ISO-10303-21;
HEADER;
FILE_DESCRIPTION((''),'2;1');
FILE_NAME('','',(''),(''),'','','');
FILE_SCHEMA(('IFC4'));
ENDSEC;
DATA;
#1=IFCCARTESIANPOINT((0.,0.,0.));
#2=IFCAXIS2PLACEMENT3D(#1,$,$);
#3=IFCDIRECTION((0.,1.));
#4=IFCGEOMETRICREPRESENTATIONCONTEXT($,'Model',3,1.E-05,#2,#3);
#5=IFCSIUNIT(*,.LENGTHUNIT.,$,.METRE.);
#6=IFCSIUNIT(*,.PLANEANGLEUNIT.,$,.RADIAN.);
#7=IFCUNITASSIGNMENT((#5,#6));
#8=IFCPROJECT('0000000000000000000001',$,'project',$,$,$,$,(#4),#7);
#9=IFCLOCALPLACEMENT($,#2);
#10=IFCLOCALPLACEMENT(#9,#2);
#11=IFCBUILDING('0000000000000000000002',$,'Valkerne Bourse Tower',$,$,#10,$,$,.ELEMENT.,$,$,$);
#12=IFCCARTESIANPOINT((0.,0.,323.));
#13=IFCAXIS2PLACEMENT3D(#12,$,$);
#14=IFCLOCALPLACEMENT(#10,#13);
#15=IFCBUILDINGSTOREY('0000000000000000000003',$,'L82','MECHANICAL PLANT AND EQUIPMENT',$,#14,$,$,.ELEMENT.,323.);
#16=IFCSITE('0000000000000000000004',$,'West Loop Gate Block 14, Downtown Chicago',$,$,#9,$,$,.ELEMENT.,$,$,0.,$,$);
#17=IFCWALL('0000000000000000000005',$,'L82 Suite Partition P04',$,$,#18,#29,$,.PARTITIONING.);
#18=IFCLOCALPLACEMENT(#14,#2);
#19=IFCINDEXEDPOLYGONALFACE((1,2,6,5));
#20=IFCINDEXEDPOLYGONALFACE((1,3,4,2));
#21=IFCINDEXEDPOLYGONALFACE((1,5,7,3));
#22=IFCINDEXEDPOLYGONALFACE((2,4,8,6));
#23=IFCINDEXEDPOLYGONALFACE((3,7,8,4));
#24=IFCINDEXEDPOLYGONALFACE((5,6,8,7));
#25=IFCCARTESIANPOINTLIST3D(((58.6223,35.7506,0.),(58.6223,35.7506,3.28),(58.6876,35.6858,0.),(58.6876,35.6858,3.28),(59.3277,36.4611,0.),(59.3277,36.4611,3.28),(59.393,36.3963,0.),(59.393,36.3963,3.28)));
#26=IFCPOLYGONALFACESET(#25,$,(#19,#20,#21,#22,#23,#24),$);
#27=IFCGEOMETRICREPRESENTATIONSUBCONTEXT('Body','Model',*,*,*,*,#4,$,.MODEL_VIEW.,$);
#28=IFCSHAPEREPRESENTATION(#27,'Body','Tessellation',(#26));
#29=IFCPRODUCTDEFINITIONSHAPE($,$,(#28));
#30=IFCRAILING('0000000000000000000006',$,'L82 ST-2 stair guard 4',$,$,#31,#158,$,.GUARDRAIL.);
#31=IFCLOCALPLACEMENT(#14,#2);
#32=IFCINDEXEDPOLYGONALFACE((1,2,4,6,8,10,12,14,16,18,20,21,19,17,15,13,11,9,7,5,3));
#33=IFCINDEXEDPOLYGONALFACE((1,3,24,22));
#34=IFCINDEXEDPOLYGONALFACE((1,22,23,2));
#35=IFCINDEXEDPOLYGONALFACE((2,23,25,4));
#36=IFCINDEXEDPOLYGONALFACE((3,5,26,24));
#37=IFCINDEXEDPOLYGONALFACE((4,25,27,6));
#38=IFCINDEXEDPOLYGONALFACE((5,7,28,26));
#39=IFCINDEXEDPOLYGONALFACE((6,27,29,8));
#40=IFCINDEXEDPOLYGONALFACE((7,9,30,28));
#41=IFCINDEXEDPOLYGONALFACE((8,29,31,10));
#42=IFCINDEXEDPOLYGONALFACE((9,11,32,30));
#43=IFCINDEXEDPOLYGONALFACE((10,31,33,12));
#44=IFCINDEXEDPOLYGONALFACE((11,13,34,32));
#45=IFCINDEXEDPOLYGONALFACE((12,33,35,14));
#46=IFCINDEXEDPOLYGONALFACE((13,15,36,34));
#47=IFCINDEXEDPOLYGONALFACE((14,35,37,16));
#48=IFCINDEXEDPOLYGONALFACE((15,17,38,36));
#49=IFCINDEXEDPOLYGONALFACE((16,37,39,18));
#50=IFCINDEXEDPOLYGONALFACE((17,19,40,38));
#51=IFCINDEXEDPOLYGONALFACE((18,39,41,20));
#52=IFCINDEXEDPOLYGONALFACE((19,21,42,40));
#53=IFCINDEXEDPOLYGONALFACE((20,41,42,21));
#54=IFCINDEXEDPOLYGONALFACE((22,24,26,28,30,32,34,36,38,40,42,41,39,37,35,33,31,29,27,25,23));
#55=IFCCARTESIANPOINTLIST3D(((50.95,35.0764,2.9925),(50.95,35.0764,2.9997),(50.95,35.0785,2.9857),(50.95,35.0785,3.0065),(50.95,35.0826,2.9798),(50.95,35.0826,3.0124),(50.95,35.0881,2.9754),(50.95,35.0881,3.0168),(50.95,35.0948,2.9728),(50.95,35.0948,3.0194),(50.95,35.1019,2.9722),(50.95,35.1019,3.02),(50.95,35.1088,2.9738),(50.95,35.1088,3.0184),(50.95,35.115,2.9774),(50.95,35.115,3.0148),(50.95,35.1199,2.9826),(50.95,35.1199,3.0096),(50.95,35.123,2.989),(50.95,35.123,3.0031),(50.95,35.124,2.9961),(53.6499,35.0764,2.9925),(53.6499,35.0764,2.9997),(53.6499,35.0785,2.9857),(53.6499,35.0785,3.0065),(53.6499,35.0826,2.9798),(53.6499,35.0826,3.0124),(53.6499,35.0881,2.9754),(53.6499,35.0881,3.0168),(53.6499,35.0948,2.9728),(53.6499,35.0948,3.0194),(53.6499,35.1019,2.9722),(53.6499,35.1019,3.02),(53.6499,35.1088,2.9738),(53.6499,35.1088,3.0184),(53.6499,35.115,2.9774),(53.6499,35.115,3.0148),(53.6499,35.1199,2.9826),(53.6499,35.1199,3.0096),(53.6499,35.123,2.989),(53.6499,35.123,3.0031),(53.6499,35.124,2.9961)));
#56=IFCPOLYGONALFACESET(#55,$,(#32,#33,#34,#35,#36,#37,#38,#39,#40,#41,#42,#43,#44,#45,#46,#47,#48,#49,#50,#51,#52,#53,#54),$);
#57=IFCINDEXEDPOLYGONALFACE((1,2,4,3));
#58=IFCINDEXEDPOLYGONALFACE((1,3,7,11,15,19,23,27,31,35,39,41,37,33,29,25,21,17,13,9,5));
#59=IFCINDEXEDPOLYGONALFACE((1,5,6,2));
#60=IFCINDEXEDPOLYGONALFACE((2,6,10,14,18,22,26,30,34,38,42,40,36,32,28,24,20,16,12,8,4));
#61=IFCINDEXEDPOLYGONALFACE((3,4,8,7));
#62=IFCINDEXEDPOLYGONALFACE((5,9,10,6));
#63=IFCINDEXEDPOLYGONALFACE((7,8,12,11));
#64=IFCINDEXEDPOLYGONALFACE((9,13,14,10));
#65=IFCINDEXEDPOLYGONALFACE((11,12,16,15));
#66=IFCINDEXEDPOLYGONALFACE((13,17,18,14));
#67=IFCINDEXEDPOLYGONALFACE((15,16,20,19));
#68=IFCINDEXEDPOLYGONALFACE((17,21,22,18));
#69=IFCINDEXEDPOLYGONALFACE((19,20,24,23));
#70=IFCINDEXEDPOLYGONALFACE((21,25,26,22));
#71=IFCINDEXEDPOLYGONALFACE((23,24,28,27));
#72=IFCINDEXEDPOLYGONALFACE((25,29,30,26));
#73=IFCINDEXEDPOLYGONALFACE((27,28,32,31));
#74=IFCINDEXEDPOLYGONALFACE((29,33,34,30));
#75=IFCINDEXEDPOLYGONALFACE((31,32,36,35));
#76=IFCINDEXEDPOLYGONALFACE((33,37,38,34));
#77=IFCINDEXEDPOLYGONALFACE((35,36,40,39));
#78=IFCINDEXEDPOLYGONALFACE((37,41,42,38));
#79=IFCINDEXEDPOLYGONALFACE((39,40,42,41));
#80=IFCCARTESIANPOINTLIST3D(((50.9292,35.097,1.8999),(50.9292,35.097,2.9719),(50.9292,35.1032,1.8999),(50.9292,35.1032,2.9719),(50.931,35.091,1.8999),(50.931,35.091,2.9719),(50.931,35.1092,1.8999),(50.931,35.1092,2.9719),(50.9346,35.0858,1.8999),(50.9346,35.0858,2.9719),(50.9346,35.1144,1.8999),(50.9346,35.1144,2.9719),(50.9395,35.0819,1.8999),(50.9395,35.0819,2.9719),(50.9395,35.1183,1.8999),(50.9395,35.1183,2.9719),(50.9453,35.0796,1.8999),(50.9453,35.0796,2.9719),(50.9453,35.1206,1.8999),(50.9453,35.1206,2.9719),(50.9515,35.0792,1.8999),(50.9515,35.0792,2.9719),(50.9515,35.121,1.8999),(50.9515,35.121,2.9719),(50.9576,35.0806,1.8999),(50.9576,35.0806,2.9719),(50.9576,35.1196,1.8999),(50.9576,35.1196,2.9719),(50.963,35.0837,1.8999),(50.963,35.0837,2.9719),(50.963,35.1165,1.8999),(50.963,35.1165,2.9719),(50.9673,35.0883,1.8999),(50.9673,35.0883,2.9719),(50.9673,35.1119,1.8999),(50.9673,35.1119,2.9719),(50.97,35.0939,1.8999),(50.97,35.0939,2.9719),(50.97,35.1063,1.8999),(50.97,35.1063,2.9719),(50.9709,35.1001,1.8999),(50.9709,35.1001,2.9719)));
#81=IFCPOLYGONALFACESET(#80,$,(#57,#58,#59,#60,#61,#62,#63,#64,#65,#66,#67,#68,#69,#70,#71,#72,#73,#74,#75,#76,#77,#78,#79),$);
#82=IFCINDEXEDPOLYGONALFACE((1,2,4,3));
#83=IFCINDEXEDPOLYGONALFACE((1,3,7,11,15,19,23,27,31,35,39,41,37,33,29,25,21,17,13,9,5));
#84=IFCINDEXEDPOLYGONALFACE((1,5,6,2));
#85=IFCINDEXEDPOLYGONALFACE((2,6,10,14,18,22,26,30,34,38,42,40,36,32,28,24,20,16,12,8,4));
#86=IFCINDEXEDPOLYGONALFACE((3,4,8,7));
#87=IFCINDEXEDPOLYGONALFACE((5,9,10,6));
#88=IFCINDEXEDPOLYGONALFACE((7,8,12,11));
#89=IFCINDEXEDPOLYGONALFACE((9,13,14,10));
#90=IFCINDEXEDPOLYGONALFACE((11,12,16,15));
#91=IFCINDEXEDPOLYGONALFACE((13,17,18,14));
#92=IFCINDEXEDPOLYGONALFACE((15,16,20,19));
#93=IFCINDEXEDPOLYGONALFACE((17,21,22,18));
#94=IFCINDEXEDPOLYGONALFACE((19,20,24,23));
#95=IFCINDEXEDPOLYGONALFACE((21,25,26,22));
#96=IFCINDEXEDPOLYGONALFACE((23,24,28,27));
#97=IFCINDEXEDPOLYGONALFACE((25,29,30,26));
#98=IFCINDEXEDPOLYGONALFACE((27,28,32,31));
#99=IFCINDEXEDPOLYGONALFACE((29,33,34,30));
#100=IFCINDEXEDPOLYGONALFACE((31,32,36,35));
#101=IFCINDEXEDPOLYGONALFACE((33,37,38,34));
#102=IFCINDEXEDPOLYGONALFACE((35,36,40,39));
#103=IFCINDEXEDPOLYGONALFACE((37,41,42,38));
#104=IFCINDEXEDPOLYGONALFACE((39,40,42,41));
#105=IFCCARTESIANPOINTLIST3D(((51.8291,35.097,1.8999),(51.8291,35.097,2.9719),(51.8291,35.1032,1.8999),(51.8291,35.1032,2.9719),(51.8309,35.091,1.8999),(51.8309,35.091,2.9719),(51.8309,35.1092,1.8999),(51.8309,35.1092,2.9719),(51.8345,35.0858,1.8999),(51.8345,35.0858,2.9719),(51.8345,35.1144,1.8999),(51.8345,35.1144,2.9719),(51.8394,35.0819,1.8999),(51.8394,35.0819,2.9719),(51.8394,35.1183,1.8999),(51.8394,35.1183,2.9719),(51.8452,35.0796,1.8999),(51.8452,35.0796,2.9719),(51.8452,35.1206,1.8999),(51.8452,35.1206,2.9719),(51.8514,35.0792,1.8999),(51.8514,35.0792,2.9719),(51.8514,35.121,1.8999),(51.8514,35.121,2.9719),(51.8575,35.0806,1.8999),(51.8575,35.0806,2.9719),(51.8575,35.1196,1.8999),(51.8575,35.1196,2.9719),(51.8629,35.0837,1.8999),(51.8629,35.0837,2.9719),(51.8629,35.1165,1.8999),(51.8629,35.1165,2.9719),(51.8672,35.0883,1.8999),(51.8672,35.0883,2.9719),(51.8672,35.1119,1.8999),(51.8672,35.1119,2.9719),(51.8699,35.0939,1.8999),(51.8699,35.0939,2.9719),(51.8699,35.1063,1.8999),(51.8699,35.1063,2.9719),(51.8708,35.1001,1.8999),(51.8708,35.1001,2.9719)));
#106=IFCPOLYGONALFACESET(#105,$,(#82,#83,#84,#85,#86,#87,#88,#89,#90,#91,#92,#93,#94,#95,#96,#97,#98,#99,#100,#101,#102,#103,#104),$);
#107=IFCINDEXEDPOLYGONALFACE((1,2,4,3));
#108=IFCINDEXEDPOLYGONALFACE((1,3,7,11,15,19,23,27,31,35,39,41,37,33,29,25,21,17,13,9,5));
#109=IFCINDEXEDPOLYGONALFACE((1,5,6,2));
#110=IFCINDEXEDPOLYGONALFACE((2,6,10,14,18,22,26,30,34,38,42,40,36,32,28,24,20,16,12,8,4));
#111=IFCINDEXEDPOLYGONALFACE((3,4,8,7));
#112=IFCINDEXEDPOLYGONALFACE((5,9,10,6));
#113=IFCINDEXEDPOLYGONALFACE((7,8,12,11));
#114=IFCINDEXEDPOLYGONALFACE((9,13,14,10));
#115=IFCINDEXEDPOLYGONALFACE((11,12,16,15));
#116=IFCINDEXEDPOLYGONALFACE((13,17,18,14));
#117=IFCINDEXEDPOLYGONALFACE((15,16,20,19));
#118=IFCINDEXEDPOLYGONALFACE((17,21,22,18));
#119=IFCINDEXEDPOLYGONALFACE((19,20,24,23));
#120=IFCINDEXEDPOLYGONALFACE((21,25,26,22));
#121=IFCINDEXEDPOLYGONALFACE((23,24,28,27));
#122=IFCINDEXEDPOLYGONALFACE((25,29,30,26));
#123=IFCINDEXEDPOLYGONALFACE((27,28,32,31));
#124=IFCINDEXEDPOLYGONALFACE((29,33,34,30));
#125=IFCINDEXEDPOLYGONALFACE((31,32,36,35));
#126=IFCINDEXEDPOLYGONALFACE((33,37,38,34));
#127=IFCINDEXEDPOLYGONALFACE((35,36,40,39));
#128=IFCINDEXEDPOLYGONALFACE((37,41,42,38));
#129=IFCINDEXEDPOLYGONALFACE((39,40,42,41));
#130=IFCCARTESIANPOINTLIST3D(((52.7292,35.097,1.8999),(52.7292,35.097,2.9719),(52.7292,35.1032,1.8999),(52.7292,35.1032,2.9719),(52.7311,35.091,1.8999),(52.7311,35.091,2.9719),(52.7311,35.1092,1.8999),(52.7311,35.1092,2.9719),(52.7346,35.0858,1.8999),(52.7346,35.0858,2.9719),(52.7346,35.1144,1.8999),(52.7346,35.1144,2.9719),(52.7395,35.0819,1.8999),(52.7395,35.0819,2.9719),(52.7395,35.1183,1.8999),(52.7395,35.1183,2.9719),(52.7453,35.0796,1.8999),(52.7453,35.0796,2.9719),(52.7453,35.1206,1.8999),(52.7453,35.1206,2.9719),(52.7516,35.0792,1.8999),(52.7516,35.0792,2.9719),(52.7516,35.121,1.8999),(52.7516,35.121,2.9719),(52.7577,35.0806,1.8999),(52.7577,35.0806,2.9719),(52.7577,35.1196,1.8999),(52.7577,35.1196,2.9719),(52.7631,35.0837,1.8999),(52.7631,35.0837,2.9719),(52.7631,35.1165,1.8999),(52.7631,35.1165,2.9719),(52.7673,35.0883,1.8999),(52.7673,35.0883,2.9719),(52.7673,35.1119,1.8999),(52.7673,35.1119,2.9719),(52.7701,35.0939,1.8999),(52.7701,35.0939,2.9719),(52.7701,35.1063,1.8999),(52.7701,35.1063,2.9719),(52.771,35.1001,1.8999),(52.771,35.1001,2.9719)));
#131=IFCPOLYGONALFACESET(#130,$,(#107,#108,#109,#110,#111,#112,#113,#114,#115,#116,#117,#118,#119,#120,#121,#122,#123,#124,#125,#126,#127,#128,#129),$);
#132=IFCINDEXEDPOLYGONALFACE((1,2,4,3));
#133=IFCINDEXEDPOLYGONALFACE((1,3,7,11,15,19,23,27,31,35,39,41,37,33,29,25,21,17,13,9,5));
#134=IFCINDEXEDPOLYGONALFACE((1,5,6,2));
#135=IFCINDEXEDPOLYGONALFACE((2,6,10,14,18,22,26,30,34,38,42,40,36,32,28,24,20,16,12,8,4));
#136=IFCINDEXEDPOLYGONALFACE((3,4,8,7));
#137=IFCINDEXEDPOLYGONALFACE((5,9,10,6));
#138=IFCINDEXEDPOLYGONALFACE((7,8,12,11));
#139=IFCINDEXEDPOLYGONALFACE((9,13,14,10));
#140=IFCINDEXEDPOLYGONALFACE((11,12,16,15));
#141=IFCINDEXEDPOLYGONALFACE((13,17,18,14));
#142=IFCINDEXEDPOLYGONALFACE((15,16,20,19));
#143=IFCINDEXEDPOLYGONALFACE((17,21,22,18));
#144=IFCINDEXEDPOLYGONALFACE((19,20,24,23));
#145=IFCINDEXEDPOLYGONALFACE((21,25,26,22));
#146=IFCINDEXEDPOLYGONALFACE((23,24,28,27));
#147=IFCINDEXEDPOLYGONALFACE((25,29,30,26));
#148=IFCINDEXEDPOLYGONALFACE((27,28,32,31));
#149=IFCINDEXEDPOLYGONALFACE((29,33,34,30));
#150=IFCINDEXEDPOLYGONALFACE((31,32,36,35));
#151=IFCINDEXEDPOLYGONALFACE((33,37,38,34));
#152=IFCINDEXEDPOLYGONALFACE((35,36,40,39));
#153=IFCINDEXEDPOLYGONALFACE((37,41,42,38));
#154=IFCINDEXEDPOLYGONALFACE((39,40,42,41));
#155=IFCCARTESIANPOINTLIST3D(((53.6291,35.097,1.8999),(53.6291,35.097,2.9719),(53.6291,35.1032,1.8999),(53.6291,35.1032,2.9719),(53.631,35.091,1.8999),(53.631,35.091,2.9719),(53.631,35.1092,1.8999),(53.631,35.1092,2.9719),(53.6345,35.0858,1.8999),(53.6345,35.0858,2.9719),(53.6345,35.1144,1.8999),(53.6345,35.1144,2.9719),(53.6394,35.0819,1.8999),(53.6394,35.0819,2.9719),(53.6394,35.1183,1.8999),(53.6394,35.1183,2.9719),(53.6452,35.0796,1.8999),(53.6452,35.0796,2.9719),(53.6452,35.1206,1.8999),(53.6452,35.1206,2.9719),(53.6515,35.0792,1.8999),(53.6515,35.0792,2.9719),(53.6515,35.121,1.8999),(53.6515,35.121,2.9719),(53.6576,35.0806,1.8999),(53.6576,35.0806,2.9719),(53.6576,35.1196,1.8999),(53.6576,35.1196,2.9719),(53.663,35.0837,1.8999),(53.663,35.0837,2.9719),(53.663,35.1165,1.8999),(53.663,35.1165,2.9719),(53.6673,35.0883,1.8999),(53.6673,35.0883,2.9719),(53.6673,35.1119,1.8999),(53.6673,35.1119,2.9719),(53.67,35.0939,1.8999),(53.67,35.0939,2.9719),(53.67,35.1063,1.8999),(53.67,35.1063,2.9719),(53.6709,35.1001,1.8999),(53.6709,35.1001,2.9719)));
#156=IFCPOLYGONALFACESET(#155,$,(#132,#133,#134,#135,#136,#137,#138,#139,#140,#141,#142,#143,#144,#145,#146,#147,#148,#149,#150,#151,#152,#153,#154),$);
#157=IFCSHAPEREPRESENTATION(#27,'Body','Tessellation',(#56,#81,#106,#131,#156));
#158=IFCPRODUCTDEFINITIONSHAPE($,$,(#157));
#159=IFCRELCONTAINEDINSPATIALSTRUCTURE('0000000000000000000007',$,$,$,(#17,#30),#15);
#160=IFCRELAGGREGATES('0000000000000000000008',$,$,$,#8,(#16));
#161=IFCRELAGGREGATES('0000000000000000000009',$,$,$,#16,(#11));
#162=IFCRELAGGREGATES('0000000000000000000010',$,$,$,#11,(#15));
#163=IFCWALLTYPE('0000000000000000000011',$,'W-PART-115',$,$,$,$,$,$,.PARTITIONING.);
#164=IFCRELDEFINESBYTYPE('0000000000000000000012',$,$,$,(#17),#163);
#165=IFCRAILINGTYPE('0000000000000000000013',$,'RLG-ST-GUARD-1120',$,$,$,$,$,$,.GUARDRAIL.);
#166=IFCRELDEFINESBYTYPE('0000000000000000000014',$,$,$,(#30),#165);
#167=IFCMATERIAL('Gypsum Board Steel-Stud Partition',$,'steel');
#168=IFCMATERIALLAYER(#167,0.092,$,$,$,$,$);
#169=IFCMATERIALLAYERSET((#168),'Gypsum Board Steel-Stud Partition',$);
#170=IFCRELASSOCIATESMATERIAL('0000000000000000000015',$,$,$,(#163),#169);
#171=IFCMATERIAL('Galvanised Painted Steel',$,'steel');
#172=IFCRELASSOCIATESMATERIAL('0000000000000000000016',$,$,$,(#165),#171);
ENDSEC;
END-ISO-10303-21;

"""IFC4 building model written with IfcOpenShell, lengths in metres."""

from ifc_helpers import new_model, si_unit, direction, frame, frame_2d, origin, origin_2d, place, context, subcontext, project, spatial, rectangle, circle, extrude, material, layer, layer_set, type_object, element, save


model = new_model("IFC4")

# Units and contexts
model_context = context("Model", 3, precision=1e-05, world=origin(), true_north=direction((0.0, 1.0)))
body_context = subcontext(model_context, "Body", "Model", "MODEL_VIEW")
ifc_project = project(units=[si_unit("LENGTHUNIT", "METRE"), si_unit("PLANEANGLEUNIT", "RADIAN")], contexts=[model_context])

# Site, building, storey
site_placement = place(None, origin())
site = spatial("IfcSite", under=ifc_project, at=site_placement, Name="West Loop Gate Block 14, Downtown Chicago", CompositionType="ELEMENT", RefElevation=0.0)
building_placement = place(site_placement, origin())
building = spatial("IfcBuilding", under=site, at=building_placement, Name="Valkerne Bourse Tower", CompositionType="ELEMENT")
storey_placement = place(building_placement, frame((0.0, 0.0, 323.0)))
storey = spatial("IfcBuildingStorey", under=building, at=storey_placement, Name="L82", Description="MECHANICAL PLANT AND EQUIPMENT", CompositionType="ELEMENT", Elevation=323.0)

# Wall
ifc_material_1 = material(Name="Gypsum Board Steel-Stud Partition", Category="steel")
ifc_layer_1 = layer(ifc_material_1, 0.092)
ifc_layer_set_1 = layer_set([ifc_layer_1], Name="Gypsum Board Steel-Stud Partition")
wall_type_1 = type_object("IfcWallType", Name="W-PART-115", PredefinedType="PARTITIONING", material=ifc_layer_set_1)
wall_1_placement = place(storey_placement, frame((58.655, 35.7183, 0.0), z_axis=(0.0, 0.0, 1.0), x_axis=(0.704542, 0.709663, 0.0)))
element("IfcWall", 1, at=wall_1_placement, inside=storey, type_object=wall_type_1, Name="L82 Suite Partition P04", PredefinedType="PARTITIONING", context=body_context, shape_type="SweptSolid", body=[
    extrude(rectangle(XDim=1.0012, YDim=0.092, at=frame_2d((0.5005, 0.0))), origin(), (0.0, 0.0, 1.0), 3.28),
])

# Railing
ifc_material_2 = material(Name="Galvanised Painted Steel", Category="steel")
railing_type_1 = type_object("IfcRailingType", Name="RLG-ST-GUARD-1120", PredefinedType="GUARDRAIL", material=ifc_material_2)
railing_1_placement = place(storey_placement, frame((50.95, 35.1001, 1.8999)))
element("IfcRailing", 2, at=railing_1_placement, inside=storey, type_object=railing_type_1, Name="L82 ST-2 stair guard 4", PredefinedType="GUARDRAIL", context=body_context, shape_type="SweptSolid", body=[
    extrude(circle(Radius=0.0239, at=origin_2d()), frame((0.0, 0.0, 1.0962), z_axis=(1.0, 0.0, 0.0), x_axis=(0.0, 1.0, 0.0)), (0.0, 0.0, 1.0), 2.7),
    extrude(circle(Radius=0.021, at=origin_2d()), origin(), (0.0, 0.0, 1.0), 1.072),
    extrude(circle(Radius=0.021, at=origin_2d()), frame((0.8999, 0.0, 0.0)), (0.0, 0.0, 1.0), 1.072),
    extrude(circle(Radius=0.021, at=origin_2d()), frame((1.8, 0.0, 0.0)), (0.0, 0.0, 1.0), 1.072),
    extrude(circle(Radius=0.021, at=origin_2d()), frame((2.7, 0.0, 0.0)), (0.0, 0.0, 1.0), 1.072),
])

save(model, "model.ifc")
